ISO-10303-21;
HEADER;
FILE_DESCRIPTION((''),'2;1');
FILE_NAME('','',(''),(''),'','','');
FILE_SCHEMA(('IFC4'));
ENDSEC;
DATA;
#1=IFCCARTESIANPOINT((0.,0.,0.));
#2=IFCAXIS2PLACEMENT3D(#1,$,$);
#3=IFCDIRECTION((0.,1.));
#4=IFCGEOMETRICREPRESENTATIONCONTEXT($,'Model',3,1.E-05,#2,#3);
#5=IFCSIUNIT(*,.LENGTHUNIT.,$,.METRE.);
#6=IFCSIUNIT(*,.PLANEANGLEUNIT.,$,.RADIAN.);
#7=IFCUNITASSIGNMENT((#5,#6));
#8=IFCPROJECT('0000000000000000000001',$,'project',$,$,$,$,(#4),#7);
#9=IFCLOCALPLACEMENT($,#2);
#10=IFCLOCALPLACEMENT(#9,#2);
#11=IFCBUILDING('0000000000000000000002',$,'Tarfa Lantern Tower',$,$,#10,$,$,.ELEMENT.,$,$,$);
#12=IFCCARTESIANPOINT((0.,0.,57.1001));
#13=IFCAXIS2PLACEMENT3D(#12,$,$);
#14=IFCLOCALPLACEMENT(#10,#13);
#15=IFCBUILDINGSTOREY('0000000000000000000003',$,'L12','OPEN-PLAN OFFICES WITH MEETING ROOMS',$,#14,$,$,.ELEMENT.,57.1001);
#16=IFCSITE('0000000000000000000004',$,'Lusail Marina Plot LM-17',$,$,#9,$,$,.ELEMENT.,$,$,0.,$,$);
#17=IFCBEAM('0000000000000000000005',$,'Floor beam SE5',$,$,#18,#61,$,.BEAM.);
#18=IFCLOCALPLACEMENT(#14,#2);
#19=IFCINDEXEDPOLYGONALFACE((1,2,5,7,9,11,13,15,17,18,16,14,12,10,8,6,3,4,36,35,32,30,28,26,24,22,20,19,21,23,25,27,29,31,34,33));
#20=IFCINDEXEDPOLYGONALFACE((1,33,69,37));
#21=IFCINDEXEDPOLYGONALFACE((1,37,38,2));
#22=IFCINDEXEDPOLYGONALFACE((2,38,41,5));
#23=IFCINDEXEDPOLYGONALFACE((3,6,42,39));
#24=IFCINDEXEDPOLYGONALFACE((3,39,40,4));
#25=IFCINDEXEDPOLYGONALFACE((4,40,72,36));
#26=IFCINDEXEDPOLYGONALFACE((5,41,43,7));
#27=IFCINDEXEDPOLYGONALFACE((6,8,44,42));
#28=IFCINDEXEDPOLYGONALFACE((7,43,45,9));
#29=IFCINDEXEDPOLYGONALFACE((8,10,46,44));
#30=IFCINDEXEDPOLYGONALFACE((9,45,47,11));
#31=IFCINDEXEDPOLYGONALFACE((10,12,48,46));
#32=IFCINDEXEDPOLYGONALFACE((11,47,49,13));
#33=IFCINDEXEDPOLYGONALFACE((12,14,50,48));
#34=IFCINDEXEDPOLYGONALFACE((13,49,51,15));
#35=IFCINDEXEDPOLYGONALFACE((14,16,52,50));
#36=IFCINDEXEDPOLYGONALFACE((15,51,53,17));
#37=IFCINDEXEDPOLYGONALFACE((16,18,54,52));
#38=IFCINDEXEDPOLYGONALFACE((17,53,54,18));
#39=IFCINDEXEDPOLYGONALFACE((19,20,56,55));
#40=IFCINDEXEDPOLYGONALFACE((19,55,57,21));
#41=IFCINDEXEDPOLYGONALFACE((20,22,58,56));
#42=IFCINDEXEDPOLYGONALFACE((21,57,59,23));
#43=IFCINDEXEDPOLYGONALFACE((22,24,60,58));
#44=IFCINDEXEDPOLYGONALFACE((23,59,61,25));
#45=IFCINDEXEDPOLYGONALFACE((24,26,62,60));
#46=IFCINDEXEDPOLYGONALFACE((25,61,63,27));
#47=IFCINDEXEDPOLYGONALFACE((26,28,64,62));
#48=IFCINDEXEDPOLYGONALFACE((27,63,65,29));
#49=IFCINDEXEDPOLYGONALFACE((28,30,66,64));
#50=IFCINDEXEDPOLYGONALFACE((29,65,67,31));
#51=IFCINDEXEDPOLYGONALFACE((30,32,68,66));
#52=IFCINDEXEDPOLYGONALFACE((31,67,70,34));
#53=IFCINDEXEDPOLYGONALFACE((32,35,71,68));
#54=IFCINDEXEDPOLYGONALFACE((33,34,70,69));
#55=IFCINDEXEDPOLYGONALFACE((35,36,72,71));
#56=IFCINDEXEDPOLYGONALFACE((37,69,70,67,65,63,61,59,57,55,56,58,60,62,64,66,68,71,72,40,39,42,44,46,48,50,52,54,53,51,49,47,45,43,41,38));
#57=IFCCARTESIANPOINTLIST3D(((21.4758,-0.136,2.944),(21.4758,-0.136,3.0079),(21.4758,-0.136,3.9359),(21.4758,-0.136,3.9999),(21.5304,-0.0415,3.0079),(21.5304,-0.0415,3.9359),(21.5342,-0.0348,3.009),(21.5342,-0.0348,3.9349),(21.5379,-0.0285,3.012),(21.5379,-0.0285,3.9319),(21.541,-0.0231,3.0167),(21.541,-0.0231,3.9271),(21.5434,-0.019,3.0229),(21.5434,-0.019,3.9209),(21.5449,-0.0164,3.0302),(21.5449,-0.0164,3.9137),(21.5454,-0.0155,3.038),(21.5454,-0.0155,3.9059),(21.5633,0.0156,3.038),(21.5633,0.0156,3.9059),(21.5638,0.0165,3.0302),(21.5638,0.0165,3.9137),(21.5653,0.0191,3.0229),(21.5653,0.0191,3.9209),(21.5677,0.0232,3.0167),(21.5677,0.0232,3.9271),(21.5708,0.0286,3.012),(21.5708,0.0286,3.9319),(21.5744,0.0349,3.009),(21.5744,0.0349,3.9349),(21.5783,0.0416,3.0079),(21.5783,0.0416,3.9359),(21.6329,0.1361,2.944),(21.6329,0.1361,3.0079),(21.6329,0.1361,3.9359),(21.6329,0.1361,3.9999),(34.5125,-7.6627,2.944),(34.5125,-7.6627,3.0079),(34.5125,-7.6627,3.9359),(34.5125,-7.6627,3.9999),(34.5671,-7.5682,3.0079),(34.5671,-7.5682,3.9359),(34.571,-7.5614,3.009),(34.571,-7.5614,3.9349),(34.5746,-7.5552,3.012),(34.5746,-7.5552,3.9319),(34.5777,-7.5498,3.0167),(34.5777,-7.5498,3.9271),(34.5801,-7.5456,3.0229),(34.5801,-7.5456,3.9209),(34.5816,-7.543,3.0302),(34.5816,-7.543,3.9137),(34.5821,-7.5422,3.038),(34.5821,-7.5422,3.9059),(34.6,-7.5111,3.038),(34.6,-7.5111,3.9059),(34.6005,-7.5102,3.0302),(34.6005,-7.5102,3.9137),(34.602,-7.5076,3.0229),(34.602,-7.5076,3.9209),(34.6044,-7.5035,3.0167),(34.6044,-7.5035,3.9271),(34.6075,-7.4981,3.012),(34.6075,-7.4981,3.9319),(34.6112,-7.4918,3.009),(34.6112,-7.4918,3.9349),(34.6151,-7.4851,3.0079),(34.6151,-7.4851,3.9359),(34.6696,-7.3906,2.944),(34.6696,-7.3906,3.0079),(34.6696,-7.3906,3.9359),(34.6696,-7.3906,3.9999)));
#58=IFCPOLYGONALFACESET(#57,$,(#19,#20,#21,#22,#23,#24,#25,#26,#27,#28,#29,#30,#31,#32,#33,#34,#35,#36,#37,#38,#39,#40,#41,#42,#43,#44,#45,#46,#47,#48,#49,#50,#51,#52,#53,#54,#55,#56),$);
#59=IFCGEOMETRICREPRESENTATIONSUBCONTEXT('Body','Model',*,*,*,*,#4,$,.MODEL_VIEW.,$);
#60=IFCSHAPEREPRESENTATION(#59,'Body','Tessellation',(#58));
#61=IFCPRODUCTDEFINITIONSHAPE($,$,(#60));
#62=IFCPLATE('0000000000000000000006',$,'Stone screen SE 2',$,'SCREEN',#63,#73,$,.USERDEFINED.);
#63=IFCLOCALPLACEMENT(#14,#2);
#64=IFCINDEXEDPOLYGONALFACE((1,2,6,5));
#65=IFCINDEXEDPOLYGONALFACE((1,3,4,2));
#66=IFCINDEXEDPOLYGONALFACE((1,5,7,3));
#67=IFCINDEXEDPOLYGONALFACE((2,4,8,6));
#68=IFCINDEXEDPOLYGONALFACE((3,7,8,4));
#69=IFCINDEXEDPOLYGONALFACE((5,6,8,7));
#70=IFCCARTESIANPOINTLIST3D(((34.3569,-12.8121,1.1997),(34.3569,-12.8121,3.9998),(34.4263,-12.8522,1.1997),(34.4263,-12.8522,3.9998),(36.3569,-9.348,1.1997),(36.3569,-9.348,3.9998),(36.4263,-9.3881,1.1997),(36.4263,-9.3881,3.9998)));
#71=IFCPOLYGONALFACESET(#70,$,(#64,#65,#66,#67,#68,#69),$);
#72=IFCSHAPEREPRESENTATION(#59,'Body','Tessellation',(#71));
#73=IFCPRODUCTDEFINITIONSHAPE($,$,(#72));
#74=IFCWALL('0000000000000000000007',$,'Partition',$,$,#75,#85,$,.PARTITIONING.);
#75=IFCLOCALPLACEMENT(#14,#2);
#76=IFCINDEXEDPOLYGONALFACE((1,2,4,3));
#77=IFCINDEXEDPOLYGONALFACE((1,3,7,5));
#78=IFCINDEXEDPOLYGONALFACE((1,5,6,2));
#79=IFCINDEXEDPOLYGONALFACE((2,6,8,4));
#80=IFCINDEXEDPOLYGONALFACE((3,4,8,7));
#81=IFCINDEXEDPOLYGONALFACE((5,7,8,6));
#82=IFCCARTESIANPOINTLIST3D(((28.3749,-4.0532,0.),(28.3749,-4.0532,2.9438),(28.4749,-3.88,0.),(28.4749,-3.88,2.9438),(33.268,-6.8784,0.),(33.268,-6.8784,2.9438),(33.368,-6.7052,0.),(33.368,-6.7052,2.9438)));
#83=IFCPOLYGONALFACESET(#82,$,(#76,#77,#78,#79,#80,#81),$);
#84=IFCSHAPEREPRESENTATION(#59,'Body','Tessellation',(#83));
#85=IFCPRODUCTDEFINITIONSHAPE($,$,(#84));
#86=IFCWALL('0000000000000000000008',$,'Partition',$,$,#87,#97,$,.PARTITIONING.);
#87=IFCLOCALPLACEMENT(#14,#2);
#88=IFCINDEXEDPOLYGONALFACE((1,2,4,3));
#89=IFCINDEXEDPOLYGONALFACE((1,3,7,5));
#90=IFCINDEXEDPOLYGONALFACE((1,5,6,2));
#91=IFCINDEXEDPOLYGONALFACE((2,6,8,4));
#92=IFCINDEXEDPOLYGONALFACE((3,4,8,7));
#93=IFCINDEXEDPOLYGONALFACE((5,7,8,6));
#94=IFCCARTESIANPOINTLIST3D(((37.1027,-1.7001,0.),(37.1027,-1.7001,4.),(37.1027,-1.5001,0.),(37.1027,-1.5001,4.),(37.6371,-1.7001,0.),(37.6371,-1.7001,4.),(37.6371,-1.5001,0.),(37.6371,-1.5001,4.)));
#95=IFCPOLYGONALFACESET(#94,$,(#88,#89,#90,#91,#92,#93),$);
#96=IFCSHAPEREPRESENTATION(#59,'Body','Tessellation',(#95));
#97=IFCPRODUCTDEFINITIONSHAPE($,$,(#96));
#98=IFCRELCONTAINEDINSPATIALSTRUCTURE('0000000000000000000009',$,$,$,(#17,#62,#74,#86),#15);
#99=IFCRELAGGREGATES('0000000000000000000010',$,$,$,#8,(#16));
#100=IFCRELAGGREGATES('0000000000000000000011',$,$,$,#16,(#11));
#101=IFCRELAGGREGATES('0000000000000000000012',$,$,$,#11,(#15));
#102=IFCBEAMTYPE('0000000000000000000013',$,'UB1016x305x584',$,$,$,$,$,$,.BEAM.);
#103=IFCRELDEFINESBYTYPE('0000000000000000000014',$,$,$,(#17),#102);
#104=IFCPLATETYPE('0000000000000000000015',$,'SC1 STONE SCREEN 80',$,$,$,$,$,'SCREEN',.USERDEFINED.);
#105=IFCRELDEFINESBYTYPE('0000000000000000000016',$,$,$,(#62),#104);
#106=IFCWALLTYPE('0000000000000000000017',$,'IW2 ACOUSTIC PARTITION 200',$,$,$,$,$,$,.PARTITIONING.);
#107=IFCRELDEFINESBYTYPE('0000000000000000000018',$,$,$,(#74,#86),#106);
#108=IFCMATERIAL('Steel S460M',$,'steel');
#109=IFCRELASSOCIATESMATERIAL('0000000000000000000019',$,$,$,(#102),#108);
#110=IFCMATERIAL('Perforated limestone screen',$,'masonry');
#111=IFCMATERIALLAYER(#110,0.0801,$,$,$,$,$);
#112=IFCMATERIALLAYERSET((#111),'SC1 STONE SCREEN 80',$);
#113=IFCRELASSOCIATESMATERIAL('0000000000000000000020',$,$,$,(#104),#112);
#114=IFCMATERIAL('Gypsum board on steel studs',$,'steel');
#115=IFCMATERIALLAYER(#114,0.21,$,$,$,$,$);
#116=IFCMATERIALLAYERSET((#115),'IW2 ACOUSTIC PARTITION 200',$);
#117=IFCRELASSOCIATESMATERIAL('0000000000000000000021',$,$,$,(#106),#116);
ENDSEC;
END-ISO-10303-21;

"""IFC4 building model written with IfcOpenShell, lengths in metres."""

from ifc_helpers import new_model, si_unit, direction, frame, frame_2d, origin, origin_2d, place, context, subcontext, project, spatial, rectangle, i_section, extrude, material, layer, layer_set, material_profile, profile_set, type_object, element, save


model = new_model("IFC4")

# Units and contexts
model_context = context("Model", 3, precision=1e-05, world=origin(), true_north=direction((0.0, 1.0)))
body_context = subcontext(model_context, "Body", "Model", "MODEL_VIEW")
ifc_project = project(units=[si_unit("LENGTHUNIT", "METRE"), si_unit("PLANEANGLEUNIT", "RADIAN")], contexts=[model_context])

# Site, building, storey
site_placement = place(None, origin())
site = spatial("IfcSite", under=ifc_project, at=site_placement, Name="Lusail Marina Plot LM-17", CompositionType="ELEMENT", RefElevation=0.0)
building_placement = place(site_placement, origin())
building = spatial("IfcBuilding", under=site, at=building_placement, Name="Tarfa Lantern Tower", CompositionType="ELEMENT")
storey_placement = place(building_placement, frame((0.0, 0.0, 57.1001)))
storey = spatial("IfcBuildingStorey", under=building, at=storey_placement, Name="L12", Description="OPEN-PLAN OFFICES WITH MEETING ROOMS", CompositionType="ELEMENT", Elevation=57.1001)

# Beam
ifc_material_1 = material(Name="Steel S460M", Category="steel")
ifc_material_profile_1 = material_profile(ifc_material_1, i_section(OverallWidth=0.3142, OverallDepth=1.0559, WebThickness=0.0359, FlangeThickness=0.064, FilletRadius=0.03, at=origin_2d()), Name="UB1016x305x584")
ifc_profile_set_1 = profile_set([ifc_material_profile_1], Name="Steel S460M")
beam_type_1 = type_object("IfcBeamType", Name="UB1016x305x584", PredefinedType="BEAM", material=ifc_profile_set_1)
beam_1_placement = place(storey_placement, frame((34.5911, -7.5266, 3.4719), z_axis=(-0.866028, 0.499996, 0.0), x_axis=(-0.499996, -0.866028, 0.0)))
element("IfcBeam", 1, at=beam_1_placement, inside=storey, type_object=beam_type_1, Name="Floor beam SE5", PredefinedType="BEAM", context=body_context, shape_type="SweptSolid", body=[
    extrude(i_section(OverallWidth=0.3142, OverallDepth=1.0559, WebThickness=0.0359, FlangeThickness=0.064, FilletRadius=0.03, at=origin_2d()), origin(), (0.0, 0.0, 1.0), 15.0535),
])

# Plate
ifc_material_2 = material(Name="Perforated limestone screen", Category="masonry")
ifc_layer_1 = layer(ifc_material_2, 0.0801)
ifc_layer_set_1 = layer_set([ifc_layer_1], Name="SC1 STONE SCREEN 80")
plate_type = type_object("IfcPlateType", Name="SC1 STONE SCREEN 80", ElementType="SCREEN", PredefinedType="USERDEFINED", material=ifc_layer_set_1)
plate_placement = place(storey_placement, frame((35.3916, -11.1001, 1.1997), z_axis=(0.0, 0.0, 1.0), x_axis=(0.5, 0.866025, 0.0)))
element("IfcPlate", 2, at=plate_placement, inside=storey, type_object=plate_type, Name="Stone screen SE 2", ObjectType="SCREEN", PredefinedType="USERDEFINED", context=body_context, shape_type="SweptSolid", body=[
    extrude(rectangle(XDim=4.0, YDim=0.0801, at=origin_2d()), origin(), (0.0, 0.0, 1.0), 2.8),
])

# Walls
ifc_material_3 = material(Name="Gypsum board on steel studs", Category="steel")
ifc_layer_2 = layer(ifc_material_3, 0.21)
ifc_layer_set_2 = layer_set([ifc_layer_2], Name="IW2 ACOUSTIC PARTITION 200")
wall_type = type_object("IfcWallType", Name="IW2 ACOUSTIC PARTITION 200", PredefinedType="PARTITIONING", material=ifc_layer_set_2)
wall_1_placement = place(storey_placement, frame((28.4248, -3.9666, 0.0), z_axis=(0.0, 0.0, 1.0), x_axis=(0.866011, -0.500024, 0.0)))
element("IfcWall", 3, at=wall_1_placement, inside=storey, type_object=wall_type, Name="Partition", PredefinedType="PARTITIONING", context=body_context, shape_type="SweptSolid", body=[
    extrude(rectangle(XDim=5.6501, YDim=0.2, at=frame_2d((2.8252, 0.0))), origin(), (0.0, 0.0, 1.0), 2.9438),
])
wall_2_placement = place(storey_placement, frame((37.1028, -1.6001, 0.0), z_axis=(0.0, 0.0, 1.0), x_axis=(1.0, 0.0, 0.0)))
element("IfcWall", 4, at=wall_2_placement, inside=storey, type_object=wall_type, Name="Partition", PredefinedType="PARTITIONING", context=body_context, shape_type="SweptSolid", body=[
    extrude(rectangle(XDim=0.5344, YDim=0.2, at=frame_2d((0.2671, 0.0))), origin(), (0.0, 0.0, 1.0), 4.0),
])

save(model, "model.ifc")
